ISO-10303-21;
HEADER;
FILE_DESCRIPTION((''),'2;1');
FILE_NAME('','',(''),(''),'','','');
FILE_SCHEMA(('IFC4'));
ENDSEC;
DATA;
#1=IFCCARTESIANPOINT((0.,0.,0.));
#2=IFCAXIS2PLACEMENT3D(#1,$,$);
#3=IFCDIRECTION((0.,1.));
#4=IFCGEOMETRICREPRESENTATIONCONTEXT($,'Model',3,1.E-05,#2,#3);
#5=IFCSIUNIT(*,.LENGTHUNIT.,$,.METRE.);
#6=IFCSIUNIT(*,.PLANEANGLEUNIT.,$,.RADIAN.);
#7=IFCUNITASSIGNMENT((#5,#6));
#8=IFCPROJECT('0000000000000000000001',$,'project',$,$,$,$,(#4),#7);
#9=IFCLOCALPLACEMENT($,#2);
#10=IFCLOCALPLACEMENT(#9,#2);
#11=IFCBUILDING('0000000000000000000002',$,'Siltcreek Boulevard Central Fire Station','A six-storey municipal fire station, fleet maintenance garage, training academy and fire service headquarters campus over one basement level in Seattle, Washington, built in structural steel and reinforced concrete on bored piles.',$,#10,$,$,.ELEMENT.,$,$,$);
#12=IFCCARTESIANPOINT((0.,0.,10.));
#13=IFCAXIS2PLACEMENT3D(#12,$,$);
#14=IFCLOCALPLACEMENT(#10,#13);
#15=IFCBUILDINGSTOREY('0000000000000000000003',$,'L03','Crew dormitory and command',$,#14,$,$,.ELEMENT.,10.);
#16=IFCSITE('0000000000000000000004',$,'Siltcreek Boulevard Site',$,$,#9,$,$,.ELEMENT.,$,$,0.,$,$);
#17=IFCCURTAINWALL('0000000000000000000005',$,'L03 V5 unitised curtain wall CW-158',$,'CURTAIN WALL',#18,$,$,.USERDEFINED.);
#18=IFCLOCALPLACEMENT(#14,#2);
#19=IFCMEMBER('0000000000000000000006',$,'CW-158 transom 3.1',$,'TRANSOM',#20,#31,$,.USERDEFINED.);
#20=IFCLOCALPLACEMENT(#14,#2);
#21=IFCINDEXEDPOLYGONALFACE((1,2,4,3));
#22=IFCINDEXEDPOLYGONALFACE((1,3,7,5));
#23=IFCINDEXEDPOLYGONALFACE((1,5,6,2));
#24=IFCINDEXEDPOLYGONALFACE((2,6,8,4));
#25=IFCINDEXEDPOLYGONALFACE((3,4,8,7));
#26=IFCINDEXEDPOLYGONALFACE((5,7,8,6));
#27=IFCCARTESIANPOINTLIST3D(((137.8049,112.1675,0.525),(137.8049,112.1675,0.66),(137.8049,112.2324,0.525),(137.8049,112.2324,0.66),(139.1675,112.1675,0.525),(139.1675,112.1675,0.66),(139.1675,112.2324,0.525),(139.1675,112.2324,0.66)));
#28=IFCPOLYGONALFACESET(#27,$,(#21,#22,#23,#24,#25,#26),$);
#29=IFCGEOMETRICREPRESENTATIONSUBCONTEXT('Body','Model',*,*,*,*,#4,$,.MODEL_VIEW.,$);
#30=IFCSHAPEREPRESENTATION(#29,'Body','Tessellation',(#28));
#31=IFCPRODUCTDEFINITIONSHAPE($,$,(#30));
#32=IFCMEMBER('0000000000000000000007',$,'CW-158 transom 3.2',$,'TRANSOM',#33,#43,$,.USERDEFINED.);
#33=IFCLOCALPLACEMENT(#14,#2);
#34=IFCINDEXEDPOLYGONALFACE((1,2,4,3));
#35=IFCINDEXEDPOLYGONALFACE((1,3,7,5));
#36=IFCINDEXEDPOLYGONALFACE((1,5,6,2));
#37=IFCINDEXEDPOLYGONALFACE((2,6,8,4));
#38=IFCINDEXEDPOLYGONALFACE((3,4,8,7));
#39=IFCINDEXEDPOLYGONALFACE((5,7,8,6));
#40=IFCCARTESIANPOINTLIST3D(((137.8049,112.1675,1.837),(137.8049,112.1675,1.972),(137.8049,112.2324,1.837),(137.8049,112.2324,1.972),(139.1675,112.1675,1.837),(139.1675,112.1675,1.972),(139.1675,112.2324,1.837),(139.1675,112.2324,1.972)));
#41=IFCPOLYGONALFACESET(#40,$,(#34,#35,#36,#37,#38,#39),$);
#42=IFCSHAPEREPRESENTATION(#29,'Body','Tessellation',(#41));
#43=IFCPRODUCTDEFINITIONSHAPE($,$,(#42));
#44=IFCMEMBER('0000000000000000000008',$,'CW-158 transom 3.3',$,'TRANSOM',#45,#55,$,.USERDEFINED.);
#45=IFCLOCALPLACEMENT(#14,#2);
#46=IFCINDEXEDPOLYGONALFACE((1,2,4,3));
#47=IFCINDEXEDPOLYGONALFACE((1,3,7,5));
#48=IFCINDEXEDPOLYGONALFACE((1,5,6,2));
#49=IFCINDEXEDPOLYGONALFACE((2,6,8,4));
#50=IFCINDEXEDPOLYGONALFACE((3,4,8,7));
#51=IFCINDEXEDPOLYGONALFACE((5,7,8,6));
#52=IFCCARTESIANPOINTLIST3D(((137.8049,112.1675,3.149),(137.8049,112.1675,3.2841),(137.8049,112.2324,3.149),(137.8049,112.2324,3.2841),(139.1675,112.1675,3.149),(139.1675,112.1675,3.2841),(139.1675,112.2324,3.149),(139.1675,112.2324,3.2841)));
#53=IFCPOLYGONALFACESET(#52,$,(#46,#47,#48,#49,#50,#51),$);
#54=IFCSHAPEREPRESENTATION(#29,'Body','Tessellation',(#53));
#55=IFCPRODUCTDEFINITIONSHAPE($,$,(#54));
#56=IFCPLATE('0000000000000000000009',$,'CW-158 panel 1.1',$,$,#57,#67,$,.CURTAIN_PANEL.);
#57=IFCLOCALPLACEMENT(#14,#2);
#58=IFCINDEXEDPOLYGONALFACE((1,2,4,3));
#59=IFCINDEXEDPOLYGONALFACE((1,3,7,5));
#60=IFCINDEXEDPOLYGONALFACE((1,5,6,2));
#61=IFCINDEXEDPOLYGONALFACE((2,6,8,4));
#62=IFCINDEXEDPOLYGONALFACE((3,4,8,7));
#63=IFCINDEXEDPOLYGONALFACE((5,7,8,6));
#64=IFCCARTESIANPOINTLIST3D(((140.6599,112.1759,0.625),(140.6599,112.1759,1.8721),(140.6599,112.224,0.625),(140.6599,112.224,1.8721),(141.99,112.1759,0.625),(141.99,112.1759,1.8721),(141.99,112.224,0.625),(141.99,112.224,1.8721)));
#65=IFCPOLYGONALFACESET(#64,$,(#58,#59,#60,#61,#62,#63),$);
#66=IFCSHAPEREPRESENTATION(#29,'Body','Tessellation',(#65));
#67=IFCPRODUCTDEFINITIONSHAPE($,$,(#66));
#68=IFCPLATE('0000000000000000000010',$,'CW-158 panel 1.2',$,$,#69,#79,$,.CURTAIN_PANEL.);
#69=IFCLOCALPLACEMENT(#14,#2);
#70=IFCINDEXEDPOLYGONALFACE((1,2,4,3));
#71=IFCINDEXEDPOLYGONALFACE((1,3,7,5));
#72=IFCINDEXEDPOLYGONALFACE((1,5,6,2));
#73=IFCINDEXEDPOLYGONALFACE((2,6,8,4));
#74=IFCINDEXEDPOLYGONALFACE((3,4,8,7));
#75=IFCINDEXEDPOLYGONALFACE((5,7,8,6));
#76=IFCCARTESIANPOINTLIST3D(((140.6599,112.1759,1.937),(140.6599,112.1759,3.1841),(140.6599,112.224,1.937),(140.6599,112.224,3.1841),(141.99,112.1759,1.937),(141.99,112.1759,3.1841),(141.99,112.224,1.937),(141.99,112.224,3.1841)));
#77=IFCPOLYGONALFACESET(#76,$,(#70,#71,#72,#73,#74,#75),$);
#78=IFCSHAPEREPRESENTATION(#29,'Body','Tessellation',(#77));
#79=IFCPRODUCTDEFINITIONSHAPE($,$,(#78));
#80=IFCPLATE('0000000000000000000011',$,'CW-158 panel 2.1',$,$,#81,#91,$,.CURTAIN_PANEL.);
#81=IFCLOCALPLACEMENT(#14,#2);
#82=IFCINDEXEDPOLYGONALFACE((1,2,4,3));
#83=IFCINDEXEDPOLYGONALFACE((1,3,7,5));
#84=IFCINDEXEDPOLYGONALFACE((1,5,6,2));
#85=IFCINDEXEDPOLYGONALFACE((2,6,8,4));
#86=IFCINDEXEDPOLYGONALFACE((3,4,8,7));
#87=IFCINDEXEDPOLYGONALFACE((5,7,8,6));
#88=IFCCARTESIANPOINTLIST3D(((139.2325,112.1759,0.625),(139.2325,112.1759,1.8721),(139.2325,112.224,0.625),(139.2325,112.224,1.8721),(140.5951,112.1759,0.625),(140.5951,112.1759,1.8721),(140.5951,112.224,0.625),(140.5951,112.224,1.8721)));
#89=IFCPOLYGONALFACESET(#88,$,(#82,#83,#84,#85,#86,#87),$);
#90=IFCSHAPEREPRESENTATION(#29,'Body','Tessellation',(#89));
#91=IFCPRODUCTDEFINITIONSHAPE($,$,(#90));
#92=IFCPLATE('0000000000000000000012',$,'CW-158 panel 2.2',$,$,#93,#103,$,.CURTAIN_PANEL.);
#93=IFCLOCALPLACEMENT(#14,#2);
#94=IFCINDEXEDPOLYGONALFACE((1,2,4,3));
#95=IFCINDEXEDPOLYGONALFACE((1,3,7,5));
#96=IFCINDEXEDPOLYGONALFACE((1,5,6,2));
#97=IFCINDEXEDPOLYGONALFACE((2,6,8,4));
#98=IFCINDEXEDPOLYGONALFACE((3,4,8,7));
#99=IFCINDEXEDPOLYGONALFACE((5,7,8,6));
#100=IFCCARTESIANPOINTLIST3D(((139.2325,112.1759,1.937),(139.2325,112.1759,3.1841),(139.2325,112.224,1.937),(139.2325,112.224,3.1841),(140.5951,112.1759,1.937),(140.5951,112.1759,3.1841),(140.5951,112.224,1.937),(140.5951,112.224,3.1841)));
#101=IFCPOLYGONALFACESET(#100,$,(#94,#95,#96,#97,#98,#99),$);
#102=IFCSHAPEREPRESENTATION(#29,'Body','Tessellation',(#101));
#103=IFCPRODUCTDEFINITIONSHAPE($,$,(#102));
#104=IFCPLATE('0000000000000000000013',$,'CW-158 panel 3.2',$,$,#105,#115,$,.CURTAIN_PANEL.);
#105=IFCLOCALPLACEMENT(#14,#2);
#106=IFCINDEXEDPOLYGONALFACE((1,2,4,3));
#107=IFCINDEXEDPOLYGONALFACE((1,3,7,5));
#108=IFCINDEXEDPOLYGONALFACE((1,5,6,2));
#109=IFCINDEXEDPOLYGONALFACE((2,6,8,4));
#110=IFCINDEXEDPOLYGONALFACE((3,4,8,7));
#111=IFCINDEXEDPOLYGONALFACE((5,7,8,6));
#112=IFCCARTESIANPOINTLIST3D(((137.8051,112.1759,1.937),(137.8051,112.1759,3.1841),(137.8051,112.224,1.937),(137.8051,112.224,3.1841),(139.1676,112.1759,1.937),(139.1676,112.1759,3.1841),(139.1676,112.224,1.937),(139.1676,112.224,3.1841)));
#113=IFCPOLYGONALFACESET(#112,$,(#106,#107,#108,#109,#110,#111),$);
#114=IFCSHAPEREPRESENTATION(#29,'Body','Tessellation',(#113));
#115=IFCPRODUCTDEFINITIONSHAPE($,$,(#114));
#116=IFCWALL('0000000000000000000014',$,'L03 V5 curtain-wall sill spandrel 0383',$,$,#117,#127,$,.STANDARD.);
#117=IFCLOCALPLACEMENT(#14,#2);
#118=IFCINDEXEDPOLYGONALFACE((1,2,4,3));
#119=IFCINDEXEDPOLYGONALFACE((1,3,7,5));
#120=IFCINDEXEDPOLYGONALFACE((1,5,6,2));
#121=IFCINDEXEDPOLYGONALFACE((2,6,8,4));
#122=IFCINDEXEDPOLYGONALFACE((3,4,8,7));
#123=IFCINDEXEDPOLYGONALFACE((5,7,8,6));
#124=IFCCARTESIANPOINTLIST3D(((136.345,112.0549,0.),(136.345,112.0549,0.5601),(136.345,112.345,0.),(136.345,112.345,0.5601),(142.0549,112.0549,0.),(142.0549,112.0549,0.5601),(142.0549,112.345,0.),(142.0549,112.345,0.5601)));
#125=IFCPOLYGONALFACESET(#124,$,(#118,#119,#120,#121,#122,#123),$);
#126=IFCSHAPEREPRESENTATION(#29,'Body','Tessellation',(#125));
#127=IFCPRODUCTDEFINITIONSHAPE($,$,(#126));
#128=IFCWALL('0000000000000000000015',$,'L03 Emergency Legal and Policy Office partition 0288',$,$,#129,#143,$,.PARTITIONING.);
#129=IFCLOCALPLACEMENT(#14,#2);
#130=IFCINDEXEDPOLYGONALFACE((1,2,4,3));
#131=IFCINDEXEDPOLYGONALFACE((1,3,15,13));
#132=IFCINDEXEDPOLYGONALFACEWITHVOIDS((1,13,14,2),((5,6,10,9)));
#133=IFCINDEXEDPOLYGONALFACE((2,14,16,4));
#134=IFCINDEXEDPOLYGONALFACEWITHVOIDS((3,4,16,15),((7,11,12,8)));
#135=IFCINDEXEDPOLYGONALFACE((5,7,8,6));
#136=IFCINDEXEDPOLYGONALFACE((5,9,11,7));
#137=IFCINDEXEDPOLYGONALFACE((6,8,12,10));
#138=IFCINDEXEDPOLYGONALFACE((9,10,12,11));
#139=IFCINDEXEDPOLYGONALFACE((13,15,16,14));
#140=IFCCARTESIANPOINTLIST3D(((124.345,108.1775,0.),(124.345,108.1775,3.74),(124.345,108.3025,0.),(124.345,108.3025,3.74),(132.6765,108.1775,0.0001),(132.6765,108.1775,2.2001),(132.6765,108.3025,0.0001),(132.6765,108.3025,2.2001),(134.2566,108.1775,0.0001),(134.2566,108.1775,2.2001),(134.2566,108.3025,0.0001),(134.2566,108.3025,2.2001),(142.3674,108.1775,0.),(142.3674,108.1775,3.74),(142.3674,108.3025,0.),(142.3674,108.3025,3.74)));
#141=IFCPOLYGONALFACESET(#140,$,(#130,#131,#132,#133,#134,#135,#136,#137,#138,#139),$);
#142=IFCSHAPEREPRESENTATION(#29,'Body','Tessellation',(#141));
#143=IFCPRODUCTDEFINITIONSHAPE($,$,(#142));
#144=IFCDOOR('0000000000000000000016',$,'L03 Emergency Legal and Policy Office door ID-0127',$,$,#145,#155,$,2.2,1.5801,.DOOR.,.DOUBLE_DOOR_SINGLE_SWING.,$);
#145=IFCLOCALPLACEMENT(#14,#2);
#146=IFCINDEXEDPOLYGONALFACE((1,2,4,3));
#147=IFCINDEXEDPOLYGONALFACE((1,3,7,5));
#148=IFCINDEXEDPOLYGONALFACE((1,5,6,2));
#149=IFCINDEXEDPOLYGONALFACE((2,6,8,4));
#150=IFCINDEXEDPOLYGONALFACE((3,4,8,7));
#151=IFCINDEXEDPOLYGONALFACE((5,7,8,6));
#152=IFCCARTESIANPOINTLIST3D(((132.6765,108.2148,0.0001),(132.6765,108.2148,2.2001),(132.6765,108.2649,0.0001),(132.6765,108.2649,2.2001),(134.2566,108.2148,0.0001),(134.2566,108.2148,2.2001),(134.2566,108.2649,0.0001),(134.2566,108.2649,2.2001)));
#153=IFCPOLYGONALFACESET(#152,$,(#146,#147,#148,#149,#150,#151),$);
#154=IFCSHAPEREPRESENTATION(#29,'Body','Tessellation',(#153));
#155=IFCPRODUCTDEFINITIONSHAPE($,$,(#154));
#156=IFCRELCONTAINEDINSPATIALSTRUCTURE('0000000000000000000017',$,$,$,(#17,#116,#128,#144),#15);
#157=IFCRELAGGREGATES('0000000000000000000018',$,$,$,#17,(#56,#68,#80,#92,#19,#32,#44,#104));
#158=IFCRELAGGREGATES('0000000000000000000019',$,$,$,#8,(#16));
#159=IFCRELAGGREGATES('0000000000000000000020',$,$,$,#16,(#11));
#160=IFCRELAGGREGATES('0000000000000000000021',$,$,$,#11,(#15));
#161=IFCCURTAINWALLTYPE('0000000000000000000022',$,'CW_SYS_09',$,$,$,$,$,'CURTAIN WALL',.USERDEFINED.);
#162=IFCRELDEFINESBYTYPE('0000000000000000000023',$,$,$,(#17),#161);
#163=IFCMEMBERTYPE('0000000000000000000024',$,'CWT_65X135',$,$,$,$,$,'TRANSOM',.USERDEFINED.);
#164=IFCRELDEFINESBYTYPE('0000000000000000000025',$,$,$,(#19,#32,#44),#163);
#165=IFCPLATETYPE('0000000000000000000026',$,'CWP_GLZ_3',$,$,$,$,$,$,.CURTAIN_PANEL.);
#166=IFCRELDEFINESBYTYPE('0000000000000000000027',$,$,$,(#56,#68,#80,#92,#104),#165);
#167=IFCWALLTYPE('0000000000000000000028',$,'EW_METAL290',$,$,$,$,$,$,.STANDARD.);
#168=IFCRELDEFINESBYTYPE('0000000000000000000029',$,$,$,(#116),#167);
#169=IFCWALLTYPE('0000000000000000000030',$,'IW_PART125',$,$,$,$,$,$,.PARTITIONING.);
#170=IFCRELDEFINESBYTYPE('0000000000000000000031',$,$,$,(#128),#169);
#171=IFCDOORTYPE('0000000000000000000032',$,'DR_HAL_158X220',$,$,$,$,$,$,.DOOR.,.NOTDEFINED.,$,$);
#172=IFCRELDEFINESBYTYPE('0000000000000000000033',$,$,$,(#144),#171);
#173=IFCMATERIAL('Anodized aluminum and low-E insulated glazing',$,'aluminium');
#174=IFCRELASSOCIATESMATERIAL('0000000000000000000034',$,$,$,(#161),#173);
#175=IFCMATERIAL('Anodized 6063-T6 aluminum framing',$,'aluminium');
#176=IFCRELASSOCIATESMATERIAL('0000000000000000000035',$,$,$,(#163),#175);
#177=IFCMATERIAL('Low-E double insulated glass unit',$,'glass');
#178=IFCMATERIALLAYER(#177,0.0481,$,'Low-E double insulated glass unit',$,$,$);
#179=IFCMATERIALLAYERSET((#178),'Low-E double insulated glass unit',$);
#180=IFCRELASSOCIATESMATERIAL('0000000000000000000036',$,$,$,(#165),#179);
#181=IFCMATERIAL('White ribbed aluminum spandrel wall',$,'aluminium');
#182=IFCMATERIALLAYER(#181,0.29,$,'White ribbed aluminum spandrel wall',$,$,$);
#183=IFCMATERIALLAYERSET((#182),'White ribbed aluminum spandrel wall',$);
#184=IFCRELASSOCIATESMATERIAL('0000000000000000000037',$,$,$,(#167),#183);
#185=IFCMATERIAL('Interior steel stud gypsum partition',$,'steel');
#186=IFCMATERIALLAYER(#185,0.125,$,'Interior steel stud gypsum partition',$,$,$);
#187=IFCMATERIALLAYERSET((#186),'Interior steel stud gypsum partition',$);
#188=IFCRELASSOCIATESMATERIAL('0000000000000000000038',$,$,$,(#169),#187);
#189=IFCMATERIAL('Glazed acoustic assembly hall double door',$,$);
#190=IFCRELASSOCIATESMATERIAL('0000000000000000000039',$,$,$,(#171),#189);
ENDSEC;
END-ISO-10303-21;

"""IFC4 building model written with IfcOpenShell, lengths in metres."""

from ifc_helpers import new_model, si_unit, direction, frame, frame_2d, origin, origin_2d, place, context, subcontext, project, spatial, rectangle, extrude, material, layer, layer_set, material_profile, profile_set, type_object, element, fill, aggregate, save


model = new_model("IFC4")

# Units and contexts
model_context = context("Model", 3, precision=1e-05, world=origin(), true_north=direction((0.0, 1.0)))
body_context = subcontext(model_context, "Body", "Model", "MODEL_VIEW")
ifc_project = project(units=[si_unit("LENGTHUNIT", "METRE"), si_unit("PLANEANGLEUNIT", "RADIAN")], contexts=[model_context])

# Site, building, storey
site_placement = place(None, origin())
site = spatial("IfcSite", under=ifc_project, at=site_placement, Name="Siltcreek Boulevard Site", CompositionType="ELEMENT", RefElevation=0.0)
building_placement = place(site_placement, origin())
building = spatial("IfcBuilding", under=site, at=building_placement, Name="Siltcreek Boulevard Central Fire Station", Description="A six-storey municipal fire station, fleet maintenance garage, training academy and fire service headquarters campus over one basement level in Seattle, Washington, built in structural steel and reinforced concrete on bored piles.", CompositionType="ELEMENT")
storey_placement = place(building_placement, frame((0.0, 0.0, 10.0)))
storey = spatial("IfcBuildingStorey", under=building, at=storey_placement, Name="L03", Description="Crew dormitory and command", CompositionType="ELEMENT", Elevation=10.0)

# Shared definitions
ifc_material_1 = material(Name="Anodized aluminum and low-E insulated glazing", Category="aluminium")
ifc_material_2 = material(Name="Anodized 6063-T6 aluminum framing", Category="aluminium")

# Curtain wall, members, plates
curtain_wall_type_1 = type_object("IfcCurtainWallType", Name="CW_SYS_09", ElementType="CURTAIN WALL", PredefinedType="USERDEFINED", material=ifc_material_1)
curtain_wall_1_placement = place(storey_placement, origin())
curtain_wall_1 = element("IfcCurtainWall", 1, at=curtain_wall_1_placement, inside=storey, type_object=curtain_wall_type_1, Name="L03 V5 unitised curtain wall CW-158", ObjectType="CURTAIN WALL", PredefinedType="USERDEFINED")
ifc_material_profile_1 = material_profile(ifc_material_2, rectangle(XDim=0.0649, YDim=0.135, at=origin_2d()), Name="TRAN65X135")
ifc_profile_set_1 = profile_set([ifc_material_profile_1], Name="Anodized 6063-T6 aluminum framing")
member_type_1 = type_object("IfcMemberType", Name="CWT_65X135", ElementType="TRANSOM", PredefinedType="USERDEFINED", material=ifc_profile_set_1)
member_1_placement = place(storey_placement, frame((139.1675, 112.2, 0.5925), z_axis=(-1.0, 0.0, 0.0), x_axis=(0.0, -1.0, 0.0)))
member_1 = element("IfcMember", 2, at=member_1_placement, type_object=member_type_1, Name="CW-158 transom 3.1", ObjectType="TRANSOM", PredefinedType="USERDEFINED", context=body_context, shape_type="SweptSolid", body=[
    extrude(rectangle(XDim=0.0649, YDim=0.135, at=origin_2d()), origin(), (0.0, 0.0, 1.0), 1.3625),
])
member_2_placement = place(storey_placement, frame((139.1675, 112.2, 1.9045), z_axis=(-1.0, 0.0, 0.0), x_axis=(0.0, -1.0, 0.0)))
member_2 = element("IfcMember", 3, at=member_2_placement, type_object=member_type_1, Name="CW-158 transom 3.2", ObjectType="TRANSOM", PredefinedType="USERDEFINED", context=body_context, shape_type="SweptSolid", body=[
    extrude(rectangle(XDim=0.0649, YDim=0.135, at=origin_2d()), origin(), (0.0, 0.0, 1.0), 1.3625),
])
member_3_placement = place(storey_placement, frame((139.1675, 112.2, 3.2166), z_axis=(-1.0, 0.0, 0.0), x_axis=(0.0, -1.0, 0.0)))
member_3 = element("IfcMember", 4, at=member_3_placement, type_object=member_type_1, Name="CW-158 transom 3.3", ObjectType="TRANSOM", PredefinedType="USERDEFINED", context=body_context, shape_type="SweptSolid", body=[
    extrude(rectangle(XDim=0.0649, YDim=0.135, at=origin_2d()), origin(), (0.0, 0.0, 1.0), 1.3625),
])
ifc_material_3 = material(Name="Low-E double insulated glass unit", Category="glass")
ifc_layer_1 = layer(ifc_material_3, 0.0481, Name="Low-E double insulated glass unit")
ifc_layer_set_1 = layer_set([ifc_layer_1], Name="Low-E double insulated glass unit")
plate_type = type_object("IfcPlateType", Name="CWP_GLZ_3", PredefinedType="CURTAIN_PANEL", material=ifc_layer_set_1)
plate_1_placement = place(storey_placement, frame((141.325, 112.2, 0.625), z_axis=(0.0, 0.0, 1.0), x_axis=(-1.0, 0.0, 0.0)))
plate_1 = element("IfcPlate", 5, at=plate_1_placement, type_object=plate_type, Name="CW-158 panel 1.1", PredefinedType="CURTAIN_PANEL", context=body_context, shape_type="SweptSolid", body=[
    extrude(rectangle(XDim=1.3301, YDim=0.0481, at=origin_2d()), origin(), (0.0, 0.0, 1.0), 1.2471),
])
plate_2_placement = place(storey_placement, frame((141.325, 112.2, 1.937), z_axis=(0.0, 0.0, 1.0), x_axis=(-1.0, 0.0, 0.0)))
plate_2 = element("IfcPlate", 6, at=plate_2_placement, type_object=plate_type, Name="CW-158 panel 1.2", PredefinedType="CURTAIN_PANEL", context=body_context, shape_type="SweptSolid", body=[
    extrude(rectangle(XDim=1.3301, YDim=0.0481, at=origin_2d()), origin(), (0.0, 0.0, 1.0), 1.2471),
])
plate_3_placement = place(storey_placement, frame((139.9138, 112.2, 0.625), z_axis=(0.0, 0.0, 1.0), x_axis=(-1.0, 0.0, 0.0)))
plate_3 = element("IfcPlate", 7, at=plate_3_placement, type_object=plate_type, Name="CW-158 panel 2.1", PredefinedType="CURTAIN_PANEL", context=body_context, shape_type="SweptSolid", body=[
    extrude(rectangle(XDim=1.3625, YDim=0.0481, at=origin_2d()), origin(), (0.0, 0.0, 1.0), 1.2471),
])
plate_4_placement = place(storey_placement, frame((139.9138, 112.2, 1.937), z_axis=(0.0, 0.0, 1.0), x_axis=(-1.0, 0.0, 0.0)))
plate_4 = element("IfcPlate", 8, at=plate_4_placement, type_object=plate_type, Name="CW-158 panel 2.2", PredefinedType="CURTAIN_PANEL", context=body_context, shape_type="SweptSolid", body=[
    extrude(rectangle(XDim=1.3625, YDim=0.0481, at=origin_2d()), origin(), (0.0, 0.0, 1.0), 1.2471),
])
plate_5_placement = place(storey_placement, frame((138.4863, 112.2, 1.937), z_axis=(0.0, 0.0, 1.0), x_axis=(-1.0, 0.0, 0.0)))
plate_5 = element("IfcPlate", 9, at=plate_5_placement, type_object=plate_type, Name="CW-158 panel 3.2", PredefinedType="CURTAIN_PANEL", context=body_context, shape_type="SweptSolid", body=[
    extrude(rectangle(XDim=1.3625, YDim=0.0481, at=origin_2d()), origin(), (0.0, 0.0, 1.0), 1.2471),
])
aggregate(curtain_wall_1, [plate_1, plate_2, plate_3, plate_4, member_1, member_2, member_3, plate_5])

# Wall
ifc_material_4 = material(Name="White ribbed aluminum spandrel wall", Category="aluminium")
ifc_layer_2 = layer(ifc_material_4, 0.29, Name="White ribbed aluminum spandrel wall")
ifc_layer_set_2 = layer_set([ifc_layer_2], Name="White ribbed aluminum spandrel wall")
wall_type_1 = type_object("IfcWallType", Name="EW_METAL290", PredefinedType="STANDARD", material=ifc_layer_set_2)
wall_1_placement = place(storey_placement, frame((142.0549, 112.2, 0.0), z_axis=(0.0, 0.0, 1.0), x_axis=(-1.0, 0.0, 0.0)))
element("IfcWall", 10, at=wall_1_placement, inside=storey, type_object=wall_type_1, Name="L03 V5 curtain-wall sill spandrel 0383", PredefinedType="STANDARD", context=body_context, shape_type="SweptSolid", body=[
    extrude(rectangle(XDim=5.71, YDim=0.29, at=frame_2d((2.855, 0.0))), origin(), (0.0, 0.0, 1.0), 0.5601),
])

# Wall, opening, door
ifc_material_5 = material(Name="Interior steel stud gypsum partition", Category="steel")
ifc_layer_3 = layer(ifc_material_5, 0.125, Name="Interior steel stud gypsum partition")
ifc_layer_set_3 = layer_set([ifc_layer_3], Name="Interior steel stud gypsum partition")
wall_type_2 = type_object("IfcWallType", Name="IW_PART125", PredefinedType="PARTITIONING", material=ifc_layer_set_3)
wall_2_placement = place(storey_placement, frame((142.3674, 108.24, 0.0), z_axis=(0.0, 0.0, 1.0), x_axis=(-1.0, 0.0, 0.0)))
wall_2 = element("IfcWall", 11, at=wall_2_placement, inside=storey, type_object=wall_type_2, Name="L03 Emergency Legal and Policy Office partition 0288", PredefinedType="PARTITIONING", context=body_context, shape_type="SweptSolid", body=[
    extrude(rectangle(XDim=18.0225, YDim=0.125, at=frame_2d((9.0112, 0.0))), origin(), (0.0, 0.0, 1.0), 3.74),
])
opening_placement = place(wall_2_placement, frame((8.1108, 0.0, 0.0)))
opening = element("IfcOpeningElement", 12, at=opening_placement, cuts=wall_2, PredefinedType="OPENING", context=body_context, shape_type="SweptSolid", body=[
    extrude(rectangle(XDim=1.5801, YDim=2.2, at=frame_2d((0.79, 1.1001))), frame((0.0, 0.0725, 0.0), z_axis=(0.0, -1.0, 0.0), x_axis=(1.0, 0.0, 0.0)), (0.0, 0.0, 1.0), 0.145),
])
ifc_material_6 = material(Name="Glazed acoustic assembly hall double door")
door_type = type_object("IfcDoorType", Name="DR_HAL_158X220", OperationType="NOTDEFINED", PredefinedType="DOOR", material=ifc_material_6)
door_placement = place(opening_placement, frame((1.5801, 0.0, 0.0), z_axis=(0.0, 0.0, 1.0), x_axis=(-1.0, 0.0, 0.0)))
door = element("IfcDoor", 13, at=door_placement, inside=storey, type_object=door_type, Name="L03 Emergency Legal and Policy Office door ID-0127", OperationType="DOUBLE_DOOR_SINGLE_SWING", OverallHeight=2.2, OverallWidth=1.5801, PredefinedType="DOOR", context=body_context, shape_type="SweptSolid", body=[
    extrude(rectangle(XDim=1.5801, YDim=2.2, at=frame_2d((0.79, 1.1001))), frame((0.0, 0.0249, 0.0), z_axis=(0.0, -1.0, 0.0), x_axis=(1.0, 0.0, 0.0)), (0.0, 0.0, 1.0), 0.05),
])
fill(opening, door)

save(model, "model.ifc")
